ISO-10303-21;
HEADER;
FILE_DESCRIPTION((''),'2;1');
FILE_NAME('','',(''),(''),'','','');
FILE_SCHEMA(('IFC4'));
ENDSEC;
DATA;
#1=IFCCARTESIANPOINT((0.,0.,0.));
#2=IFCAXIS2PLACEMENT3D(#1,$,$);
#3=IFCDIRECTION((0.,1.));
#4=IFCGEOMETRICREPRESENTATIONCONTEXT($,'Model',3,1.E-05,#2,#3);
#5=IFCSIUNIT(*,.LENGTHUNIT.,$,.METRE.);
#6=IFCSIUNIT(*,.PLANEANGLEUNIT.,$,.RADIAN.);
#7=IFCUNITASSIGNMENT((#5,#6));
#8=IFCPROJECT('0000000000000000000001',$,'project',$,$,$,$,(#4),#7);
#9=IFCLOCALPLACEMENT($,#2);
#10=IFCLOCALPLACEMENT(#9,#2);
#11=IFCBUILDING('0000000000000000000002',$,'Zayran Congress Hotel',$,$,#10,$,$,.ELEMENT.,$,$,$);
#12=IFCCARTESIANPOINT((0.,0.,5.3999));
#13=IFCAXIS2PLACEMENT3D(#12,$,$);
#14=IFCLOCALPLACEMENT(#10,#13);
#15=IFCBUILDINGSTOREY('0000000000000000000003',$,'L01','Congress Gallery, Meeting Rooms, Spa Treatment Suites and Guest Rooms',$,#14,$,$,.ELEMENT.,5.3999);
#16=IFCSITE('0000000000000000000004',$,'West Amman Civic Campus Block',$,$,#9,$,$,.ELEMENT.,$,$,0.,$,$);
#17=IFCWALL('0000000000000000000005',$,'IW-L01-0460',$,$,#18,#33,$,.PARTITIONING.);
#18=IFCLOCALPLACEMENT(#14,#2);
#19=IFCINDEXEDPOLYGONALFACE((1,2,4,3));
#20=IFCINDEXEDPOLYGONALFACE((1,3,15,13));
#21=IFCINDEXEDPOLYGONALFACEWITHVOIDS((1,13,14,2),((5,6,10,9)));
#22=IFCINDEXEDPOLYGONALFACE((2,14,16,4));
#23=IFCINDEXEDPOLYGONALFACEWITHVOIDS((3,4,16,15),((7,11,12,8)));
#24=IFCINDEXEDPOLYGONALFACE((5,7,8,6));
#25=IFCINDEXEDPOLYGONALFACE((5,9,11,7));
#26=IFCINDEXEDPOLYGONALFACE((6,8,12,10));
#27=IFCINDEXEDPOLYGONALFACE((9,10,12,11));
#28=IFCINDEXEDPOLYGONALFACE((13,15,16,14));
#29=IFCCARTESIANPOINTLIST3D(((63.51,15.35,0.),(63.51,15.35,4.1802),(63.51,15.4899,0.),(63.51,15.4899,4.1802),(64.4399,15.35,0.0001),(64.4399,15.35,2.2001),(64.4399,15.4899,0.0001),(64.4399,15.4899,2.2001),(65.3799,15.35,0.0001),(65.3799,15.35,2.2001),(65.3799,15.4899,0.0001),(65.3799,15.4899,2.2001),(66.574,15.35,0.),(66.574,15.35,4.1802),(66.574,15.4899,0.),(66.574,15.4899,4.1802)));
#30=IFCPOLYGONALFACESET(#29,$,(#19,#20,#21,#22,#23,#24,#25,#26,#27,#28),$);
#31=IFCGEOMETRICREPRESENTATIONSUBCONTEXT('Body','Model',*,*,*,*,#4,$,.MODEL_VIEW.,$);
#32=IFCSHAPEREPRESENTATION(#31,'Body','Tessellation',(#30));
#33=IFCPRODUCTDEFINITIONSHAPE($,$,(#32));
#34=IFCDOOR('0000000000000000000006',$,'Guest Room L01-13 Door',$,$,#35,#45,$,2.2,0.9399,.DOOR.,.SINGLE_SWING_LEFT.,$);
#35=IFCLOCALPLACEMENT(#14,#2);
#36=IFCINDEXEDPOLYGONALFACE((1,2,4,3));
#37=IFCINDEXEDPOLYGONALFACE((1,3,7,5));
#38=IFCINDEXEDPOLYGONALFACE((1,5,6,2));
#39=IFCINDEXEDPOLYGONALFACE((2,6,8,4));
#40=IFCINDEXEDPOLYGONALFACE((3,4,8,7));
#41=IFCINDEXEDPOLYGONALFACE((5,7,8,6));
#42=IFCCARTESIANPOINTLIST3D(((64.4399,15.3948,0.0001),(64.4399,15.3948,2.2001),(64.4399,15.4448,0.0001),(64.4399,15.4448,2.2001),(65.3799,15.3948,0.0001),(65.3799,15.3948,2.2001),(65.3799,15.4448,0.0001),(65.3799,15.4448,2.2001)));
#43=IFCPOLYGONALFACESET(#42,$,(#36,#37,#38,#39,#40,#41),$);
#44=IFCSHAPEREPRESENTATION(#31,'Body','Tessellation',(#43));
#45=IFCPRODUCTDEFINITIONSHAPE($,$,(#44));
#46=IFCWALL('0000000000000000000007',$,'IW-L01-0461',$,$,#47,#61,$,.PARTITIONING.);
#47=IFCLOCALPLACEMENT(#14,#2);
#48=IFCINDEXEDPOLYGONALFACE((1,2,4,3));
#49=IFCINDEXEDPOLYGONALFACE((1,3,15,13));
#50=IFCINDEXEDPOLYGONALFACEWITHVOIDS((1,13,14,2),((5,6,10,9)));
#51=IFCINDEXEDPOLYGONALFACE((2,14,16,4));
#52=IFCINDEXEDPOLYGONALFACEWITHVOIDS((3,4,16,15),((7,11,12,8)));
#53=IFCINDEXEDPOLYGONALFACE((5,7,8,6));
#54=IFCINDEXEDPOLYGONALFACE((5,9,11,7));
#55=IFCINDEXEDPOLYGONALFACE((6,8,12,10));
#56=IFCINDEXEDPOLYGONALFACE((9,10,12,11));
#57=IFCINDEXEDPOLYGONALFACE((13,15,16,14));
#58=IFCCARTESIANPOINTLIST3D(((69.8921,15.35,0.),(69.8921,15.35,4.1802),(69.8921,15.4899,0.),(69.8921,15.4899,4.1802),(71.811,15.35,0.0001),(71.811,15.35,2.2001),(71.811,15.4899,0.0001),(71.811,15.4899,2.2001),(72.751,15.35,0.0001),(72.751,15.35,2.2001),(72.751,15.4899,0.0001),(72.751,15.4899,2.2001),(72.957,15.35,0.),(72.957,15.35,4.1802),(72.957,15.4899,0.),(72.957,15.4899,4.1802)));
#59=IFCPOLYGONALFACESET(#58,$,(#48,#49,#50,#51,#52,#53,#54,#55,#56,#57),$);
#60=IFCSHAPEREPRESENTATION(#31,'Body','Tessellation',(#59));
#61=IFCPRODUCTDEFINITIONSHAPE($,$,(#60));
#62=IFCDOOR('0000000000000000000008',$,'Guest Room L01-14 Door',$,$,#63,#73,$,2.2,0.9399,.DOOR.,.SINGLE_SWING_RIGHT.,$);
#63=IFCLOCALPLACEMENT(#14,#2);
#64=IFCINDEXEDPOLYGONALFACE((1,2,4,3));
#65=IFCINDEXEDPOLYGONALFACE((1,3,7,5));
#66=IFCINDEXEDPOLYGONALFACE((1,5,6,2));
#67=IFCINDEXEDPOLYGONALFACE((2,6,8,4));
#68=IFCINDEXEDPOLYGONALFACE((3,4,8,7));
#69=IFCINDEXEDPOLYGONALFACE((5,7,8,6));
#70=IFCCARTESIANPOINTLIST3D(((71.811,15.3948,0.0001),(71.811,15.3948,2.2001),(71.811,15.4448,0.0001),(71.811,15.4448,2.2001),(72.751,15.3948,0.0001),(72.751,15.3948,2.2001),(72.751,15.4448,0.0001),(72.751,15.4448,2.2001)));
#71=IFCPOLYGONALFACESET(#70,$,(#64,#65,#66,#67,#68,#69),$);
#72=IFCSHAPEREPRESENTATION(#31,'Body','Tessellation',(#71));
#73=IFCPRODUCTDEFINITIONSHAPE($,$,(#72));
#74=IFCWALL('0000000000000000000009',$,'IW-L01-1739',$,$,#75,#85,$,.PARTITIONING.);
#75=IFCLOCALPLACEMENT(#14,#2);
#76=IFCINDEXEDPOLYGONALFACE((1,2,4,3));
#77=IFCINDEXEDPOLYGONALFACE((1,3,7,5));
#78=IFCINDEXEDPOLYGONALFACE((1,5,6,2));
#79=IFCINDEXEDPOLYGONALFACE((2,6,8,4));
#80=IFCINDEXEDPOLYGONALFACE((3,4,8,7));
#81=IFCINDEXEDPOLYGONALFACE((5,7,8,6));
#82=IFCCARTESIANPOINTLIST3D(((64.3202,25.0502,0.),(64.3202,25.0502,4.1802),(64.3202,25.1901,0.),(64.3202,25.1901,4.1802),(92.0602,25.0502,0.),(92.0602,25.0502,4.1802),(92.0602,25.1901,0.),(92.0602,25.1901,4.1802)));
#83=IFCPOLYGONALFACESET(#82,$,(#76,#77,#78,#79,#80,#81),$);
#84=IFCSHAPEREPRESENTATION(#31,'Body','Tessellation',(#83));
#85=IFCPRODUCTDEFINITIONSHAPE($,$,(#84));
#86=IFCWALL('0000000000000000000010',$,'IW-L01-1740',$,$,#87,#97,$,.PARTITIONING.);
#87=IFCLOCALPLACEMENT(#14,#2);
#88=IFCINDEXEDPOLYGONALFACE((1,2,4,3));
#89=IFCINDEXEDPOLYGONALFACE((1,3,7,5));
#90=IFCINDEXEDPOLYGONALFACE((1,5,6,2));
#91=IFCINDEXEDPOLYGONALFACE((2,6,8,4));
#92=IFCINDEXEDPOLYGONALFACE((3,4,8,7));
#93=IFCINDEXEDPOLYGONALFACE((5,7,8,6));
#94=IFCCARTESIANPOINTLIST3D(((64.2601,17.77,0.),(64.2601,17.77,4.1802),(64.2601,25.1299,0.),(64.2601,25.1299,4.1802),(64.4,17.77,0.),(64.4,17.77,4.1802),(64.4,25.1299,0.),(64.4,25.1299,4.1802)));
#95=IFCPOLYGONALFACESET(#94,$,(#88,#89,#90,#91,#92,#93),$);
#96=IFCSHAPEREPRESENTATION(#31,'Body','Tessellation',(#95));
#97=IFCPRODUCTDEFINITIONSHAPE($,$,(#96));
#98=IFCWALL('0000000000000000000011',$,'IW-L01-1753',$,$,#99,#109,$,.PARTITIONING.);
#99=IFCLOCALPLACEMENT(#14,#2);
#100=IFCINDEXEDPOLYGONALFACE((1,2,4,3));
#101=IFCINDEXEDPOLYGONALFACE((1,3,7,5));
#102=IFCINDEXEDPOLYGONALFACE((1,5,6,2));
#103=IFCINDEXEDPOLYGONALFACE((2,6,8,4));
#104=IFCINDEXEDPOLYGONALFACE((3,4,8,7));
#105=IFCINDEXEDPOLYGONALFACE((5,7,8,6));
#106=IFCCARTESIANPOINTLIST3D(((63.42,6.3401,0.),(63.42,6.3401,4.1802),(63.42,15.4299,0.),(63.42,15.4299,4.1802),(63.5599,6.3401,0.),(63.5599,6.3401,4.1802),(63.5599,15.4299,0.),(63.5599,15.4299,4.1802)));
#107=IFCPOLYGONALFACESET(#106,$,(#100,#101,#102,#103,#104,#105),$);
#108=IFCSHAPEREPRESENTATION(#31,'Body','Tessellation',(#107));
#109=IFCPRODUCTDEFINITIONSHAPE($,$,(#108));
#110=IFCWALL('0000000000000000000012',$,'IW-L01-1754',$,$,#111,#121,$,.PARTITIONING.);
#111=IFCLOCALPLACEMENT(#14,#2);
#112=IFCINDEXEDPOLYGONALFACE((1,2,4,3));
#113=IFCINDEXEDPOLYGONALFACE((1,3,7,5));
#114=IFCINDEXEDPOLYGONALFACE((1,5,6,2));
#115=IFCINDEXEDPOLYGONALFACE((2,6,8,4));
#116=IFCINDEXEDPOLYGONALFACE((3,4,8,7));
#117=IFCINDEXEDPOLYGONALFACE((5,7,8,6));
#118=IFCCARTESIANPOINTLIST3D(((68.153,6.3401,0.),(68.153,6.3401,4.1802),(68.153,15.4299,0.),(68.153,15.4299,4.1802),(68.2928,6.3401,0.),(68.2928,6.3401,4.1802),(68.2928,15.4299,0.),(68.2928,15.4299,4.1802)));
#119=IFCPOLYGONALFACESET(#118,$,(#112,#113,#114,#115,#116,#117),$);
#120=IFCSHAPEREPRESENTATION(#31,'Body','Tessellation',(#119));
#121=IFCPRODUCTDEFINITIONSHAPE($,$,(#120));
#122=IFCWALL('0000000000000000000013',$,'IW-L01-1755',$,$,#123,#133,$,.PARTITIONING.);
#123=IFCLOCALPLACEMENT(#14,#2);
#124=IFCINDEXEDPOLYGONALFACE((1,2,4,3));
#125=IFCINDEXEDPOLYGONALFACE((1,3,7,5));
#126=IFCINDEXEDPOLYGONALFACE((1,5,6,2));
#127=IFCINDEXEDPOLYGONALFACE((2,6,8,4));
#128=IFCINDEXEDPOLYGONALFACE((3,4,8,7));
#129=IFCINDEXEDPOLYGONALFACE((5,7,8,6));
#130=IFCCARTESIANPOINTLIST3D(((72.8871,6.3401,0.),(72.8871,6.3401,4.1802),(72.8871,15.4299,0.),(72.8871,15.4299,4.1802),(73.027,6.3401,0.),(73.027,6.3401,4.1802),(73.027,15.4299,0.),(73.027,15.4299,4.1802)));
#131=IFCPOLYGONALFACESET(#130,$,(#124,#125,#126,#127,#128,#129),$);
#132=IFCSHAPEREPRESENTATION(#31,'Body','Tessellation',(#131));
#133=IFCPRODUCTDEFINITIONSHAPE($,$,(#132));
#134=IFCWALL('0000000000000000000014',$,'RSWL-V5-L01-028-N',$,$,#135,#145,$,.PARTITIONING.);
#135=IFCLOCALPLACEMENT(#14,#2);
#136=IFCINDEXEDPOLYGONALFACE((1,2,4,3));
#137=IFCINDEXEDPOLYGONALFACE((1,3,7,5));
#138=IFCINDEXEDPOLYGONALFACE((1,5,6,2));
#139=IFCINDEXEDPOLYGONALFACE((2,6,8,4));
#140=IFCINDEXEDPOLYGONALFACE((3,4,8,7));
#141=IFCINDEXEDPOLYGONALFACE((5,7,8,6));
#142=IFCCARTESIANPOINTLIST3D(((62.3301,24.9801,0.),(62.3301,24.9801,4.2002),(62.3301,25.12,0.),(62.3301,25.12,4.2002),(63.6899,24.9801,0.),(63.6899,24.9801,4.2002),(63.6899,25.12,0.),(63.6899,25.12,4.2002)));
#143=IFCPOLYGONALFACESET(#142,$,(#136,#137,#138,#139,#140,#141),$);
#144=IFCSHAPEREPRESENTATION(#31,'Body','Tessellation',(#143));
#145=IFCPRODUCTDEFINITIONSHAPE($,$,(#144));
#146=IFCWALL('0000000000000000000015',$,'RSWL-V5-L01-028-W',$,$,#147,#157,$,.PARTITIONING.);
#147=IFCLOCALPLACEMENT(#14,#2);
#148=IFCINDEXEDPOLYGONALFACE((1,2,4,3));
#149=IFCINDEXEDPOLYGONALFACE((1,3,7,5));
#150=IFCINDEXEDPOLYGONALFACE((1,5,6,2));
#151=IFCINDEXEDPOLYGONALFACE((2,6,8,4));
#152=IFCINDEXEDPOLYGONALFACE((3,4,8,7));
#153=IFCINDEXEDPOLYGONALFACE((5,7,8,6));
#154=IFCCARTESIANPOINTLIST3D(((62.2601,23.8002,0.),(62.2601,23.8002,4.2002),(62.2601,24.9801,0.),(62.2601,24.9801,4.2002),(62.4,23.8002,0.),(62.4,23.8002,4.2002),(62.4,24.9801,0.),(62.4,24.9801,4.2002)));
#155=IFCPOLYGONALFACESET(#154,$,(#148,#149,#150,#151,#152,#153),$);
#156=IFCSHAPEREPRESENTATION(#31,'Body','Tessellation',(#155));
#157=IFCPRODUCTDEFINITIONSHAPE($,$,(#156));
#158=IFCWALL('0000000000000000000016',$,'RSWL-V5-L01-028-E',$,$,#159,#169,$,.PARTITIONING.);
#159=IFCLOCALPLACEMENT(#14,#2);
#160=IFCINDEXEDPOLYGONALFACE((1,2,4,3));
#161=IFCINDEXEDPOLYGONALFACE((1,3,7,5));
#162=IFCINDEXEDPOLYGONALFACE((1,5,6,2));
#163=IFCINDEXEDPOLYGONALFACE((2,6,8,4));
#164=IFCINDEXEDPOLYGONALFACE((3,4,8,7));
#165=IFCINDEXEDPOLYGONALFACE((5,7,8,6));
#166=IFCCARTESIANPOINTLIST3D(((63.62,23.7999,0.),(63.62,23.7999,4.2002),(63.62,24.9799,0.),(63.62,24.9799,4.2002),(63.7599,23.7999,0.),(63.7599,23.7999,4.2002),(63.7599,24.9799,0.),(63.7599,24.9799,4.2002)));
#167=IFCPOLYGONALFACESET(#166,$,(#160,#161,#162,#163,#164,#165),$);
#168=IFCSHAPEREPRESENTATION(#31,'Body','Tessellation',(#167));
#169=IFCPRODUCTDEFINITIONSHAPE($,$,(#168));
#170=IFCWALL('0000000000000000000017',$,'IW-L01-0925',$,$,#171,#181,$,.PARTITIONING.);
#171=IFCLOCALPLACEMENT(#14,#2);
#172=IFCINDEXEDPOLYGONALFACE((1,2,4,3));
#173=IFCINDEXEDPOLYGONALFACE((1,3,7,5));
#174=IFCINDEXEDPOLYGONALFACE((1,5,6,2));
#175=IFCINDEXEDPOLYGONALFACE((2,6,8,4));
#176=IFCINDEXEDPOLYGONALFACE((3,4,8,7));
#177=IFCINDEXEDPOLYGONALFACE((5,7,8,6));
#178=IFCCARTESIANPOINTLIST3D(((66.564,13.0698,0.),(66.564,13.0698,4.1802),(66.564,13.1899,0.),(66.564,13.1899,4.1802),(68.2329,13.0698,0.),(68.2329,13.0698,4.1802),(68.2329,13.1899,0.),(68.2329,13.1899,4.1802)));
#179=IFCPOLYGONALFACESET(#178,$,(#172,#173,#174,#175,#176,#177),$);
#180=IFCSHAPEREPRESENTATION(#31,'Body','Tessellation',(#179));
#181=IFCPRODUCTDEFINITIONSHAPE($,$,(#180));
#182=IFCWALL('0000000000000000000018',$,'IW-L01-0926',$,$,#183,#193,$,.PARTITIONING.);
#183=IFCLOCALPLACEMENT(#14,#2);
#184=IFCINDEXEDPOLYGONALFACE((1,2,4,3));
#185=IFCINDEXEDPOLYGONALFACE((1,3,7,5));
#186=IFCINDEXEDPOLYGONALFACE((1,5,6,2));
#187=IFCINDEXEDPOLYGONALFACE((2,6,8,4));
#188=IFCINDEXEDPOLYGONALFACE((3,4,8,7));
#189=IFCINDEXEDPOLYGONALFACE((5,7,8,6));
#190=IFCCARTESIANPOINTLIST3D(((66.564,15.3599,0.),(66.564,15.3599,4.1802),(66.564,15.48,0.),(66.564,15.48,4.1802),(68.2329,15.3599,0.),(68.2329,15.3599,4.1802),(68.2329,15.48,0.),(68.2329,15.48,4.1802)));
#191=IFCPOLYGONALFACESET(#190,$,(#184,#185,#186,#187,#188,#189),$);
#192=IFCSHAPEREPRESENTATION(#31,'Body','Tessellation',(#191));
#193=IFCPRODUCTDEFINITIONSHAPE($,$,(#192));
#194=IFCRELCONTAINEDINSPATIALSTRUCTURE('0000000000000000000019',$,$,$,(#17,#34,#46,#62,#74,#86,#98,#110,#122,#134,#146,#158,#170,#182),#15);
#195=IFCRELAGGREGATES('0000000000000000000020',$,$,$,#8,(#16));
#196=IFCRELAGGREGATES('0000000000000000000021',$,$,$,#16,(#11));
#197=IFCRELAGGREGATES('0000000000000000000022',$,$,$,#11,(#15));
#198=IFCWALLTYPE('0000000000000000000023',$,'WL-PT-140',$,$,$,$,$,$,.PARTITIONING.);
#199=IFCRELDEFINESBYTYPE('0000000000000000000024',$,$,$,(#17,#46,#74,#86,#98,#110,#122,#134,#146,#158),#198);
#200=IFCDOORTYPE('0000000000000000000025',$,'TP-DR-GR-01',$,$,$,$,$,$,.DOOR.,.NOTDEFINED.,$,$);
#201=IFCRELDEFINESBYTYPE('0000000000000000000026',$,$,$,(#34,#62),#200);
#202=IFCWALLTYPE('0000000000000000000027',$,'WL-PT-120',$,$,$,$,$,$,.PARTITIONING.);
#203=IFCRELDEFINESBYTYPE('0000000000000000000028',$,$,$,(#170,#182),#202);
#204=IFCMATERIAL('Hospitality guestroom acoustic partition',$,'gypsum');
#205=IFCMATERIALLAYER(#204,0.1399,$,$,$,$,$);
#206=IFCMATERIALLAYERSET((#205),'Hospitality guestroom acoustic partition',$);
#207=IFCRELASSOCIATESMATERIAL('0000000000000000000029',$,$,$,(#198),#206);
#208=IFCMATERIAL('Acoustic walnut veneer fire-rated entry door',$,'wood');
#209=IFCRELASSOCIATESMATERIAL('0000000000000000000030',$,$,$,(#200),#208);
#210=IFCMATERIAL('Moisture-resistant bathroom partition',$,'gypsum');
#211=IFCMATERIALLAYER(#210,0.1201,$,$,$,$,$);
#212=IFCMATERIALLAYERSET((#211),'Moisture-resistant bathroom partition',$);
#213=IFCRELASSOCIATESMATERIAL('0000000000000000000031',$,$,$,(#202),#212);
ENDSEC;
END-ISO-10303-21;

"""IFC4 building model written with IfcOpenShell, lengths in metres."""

from ifc_helpers import new_model, si_unit, direction, frame, frame_2d, origin, place, context, subcontext, project, spatial, rectangle, extrude, material, layer, layer_set, type_object, element, fill, save


model = new_model("IFC4")

# Units and contexts
model_context = context("Model", 3, precision=1e-05, world=origin(), true_north=direction((0.0, 1.0)))
body_context = subcontext(model_context, "Body", "Model", "MODEL_VIEW")
ifc_project = project(units=[si_unit("LENGTHUNIT", "METRE"), si_unit("PLANEANGLEUNIT", "RADIAN")], contexts=[model_context])

# Site, building, storey
site_placement = place(None, origin())
site = spatial("IfcSite", under=ifc_project, at=site_placement, Name="West Amman Civic Campus Block", CompositionType="ELEMENT", RefElevation=0.0)
building_placement = place(site_placement, origin())
building = spatial("IfcBuilding", under=site, at=building_placement, Name="Zayran Congress Hotel", CompositionType="ELEMENT")
storey_placement = place(building_placement, frame((0.0, 0.0, 5.3999)))
storey = spatial("IfcBuildingStorey", under=building, at=storey_placement, Name="L01", Description="Congress Gallery, Meeting Rooms, Spa Treatment Suites and Guest Rooms", CompositionType="ELEMENT", Elevation=5.3999)

# Walls, openings, doors
ifc_material_1 = material(Name="Hospitality guestroom acoustic partition", Category="gypsum")
ifc_layer_1 = layer(ifc_material_1, 0.1399)
ifc_layer_set_1 = layer_set([ifc_layer_1], Name="Hospitality guestroom acoustic partition")
wall_type_1 = type_object("IfcWallType", Name="WL-PT-140", PredefinedType="PARTITIONING", material=ifc_layer_set_1)
wall_1_placement = place(storey_placement, frame((63.51, 15.4199, 0.0), z_axis=(0.0, 0.0, 1.0), x_axis=(1.0, 0.0, 0.0)))
wall_1 = element("IfcWall", 1, at=wall_1_placement, inside=storey, type_object=wall_type_1, Name="IW-L01-0460", PredefinedType="PARTITIONING", context=body_context, shape_type="SweptSolid", body=[
    extrude(rectangle(XDim=3.064, YDim=0.1399, at=frame_2d((1.532, 0.0))), origin(), (0.0, 0.0, 1.0), 4.1802),
])
opening_1_placement = place(wall_1_placement, frame((0.9299, 0.0, 0.0)))
opening_1 = element("IfcOpeningElement", 2, at=opening_1_placement, cuts=wall_1, PredefinedType="OPENING", context=body_context, shape_type="SweptSolid", body=[
    extrude(rectangle(XDim=0.9399, YDim=2.2, at=frame_2d((0.47, 1.1001))), frame((0.0, 0.0798, 0.0), z_axis=(0.0, -1.0, 0.0), x_axis=(1.0, 0.0, 0.0)), (0.0, 0.0, 1.0), 0.1599),
])
ifc_material_2 = material(Name="Acoustic walnut veneer fire-rated entry door", Category="wood")
door_type_1 = type_object("IfcDoorType", Name="TP-DR-GR-01", OperationType="NOTDEFINED", PredefinedType="DOOR", material=ifc_material_2)
door_1_placement = place(opening_1_placement, origin())
door_1 = element("IfcDoor", 3, at=door_1_placement, inside=storey, type_object=door_type_1, Name="Guest Room L01-13 Door", OperationType="SINGLE_SWING_LEFT", OverallHeight=2.2, OverallWidth=0.9399, PredefinedType="DOOR", context=body_context, shape_type="SweptSolid", body=[
    extrude(rectangle(XDim=0.9399, YDim=2.2, at=frame_2d((0.47, 1.1001))), frame((0.0, 0.0249, 0.0), z_axis=(0.0, -1.0, 0.0), x_axis=(1.0, 0.0, 0.0)), (0.0, 0.0, 1.0), 0.05),
])
fill(opening_1, door_1)
wall_2_placement = place(storey_placement, frame((69.8921, 15.4199, 0.0), z_axis=(0.0, 0.0, 1.0), x_axis=(1.0, 0.0, 0.0)))
wall_2 = element("IfcWall", 4, at=wall_2_placement, inside=storey, type_object=wall_type_1, Name="IW-L01-0461", PredefinedType="PARTITIONING", context=body_context, shape_type="SweptSolid", body=[
    extrude(rectangle(XDim=3.0649, YDim=0.1399, at=frame_2d((1.5325, 0.0))), origin(), (0.0, 0.0, 1.0), 4.1802),
])
opening_2_placement = place(wall_2_placement, frame((1.9189, 0.0, 0.0)))
opening_2 = element("IfcOpeningElement", 5, at=opening_2_placement, cuts=wall_2, PredefinedType="OPENING", context=body_context, shape_type="SweptSolid", body=[
    extrude(rectangle(XDim=0.9399, YDim=2.2, at=frame_2d((0.47, 1.1001))), frame((0.0, 0.0798, 0.0), z_axis=(0.0, -1.0, 0.0), x_axis=(1.0, 0.0, 0.0)), (0.0, 0.0, 1.0), 0.1599),
])
door_2_placement = place(opening_2_placement, origin())
door_2 = element("IfcDoor", 6, at=door_2_placement, inside=storey, type_object=door_type_1, Name="Guest Room L01-14 Door", OperationType="SINGLE_SWING_RIGHT", OverallHeight=2.2, OverallWidth=0.9399, PredefinedType="DOOR", context=body_context, shape_type="SweptSolid", body=[
    extrude(rectangle(XDim=0.9399, YDim=2.2, at=frame_2d((0.47, 1.1001))), frame((0.0, 0.0249, 0.0), z_axis=(0.0, -1.0, 0.0), x_axis=(1.0, 0.0, 0.0)), (0.0, 0.0, 1.0), 0.05),
])
fill(opening_2, door_2)

# Walls
wall_3_placement = place(storey_placement, frame((64.3201, 25.1201, 0.0), z_axis=(0.0, 0.0, 1.0), x_axis=(1.0, 0.0, 0.0)))
element("IfcWall", 7, at=wall_3_placement, inside=storey, type_object=wall_type_1, Name="IW-L01-1739", PredefinedType="PARTITIONING", context=body_context, shape_type="SweptSolid", body=[
    extrude(rectangle(XDim=27.74, YDim=0.1399, at=frame_2d((13.8701, 0.0))), origin(), (0.0, 0.0, 1.0), 4.1802),
])
wall_4_placement = place(storey_placement, frame((64.3301, 17.77, 0.0), z_axis=(0.0, 0.0, 1.0), x_axis=(0.0, 1.0, 0.0)))
element("IfcWall", 8, at=wall_4_placement, inside=storey, type_object=wall_type_1, Name="IW-L01-1740", PredefinedType="PARTITIONING", context=body_context, shape_type="SweptSolid", body=[
    extrude(rectangle(XDim=7.3599, YDim=0.1399, at=frame_2d((3.6799, 0.0))), origin(), (0.0, 0.0, 1.0), 4.1802),
])
for number, where, z_axis, x_axis, name in (
    (9, (63.49, 6.3401, 0.0), (0.0, 0.0, 1.0), (0.0, 1.0, 0.0), "IW-L01-1753"),
    (10, (68.2229, 6.3401, 0.0), (0.0, 0.0, 1.0), (0.0, 1.0, 0.0), "IW-L01-1754"),
    (11, (72.957, 6.3401, 0.0), (0.0, 0.0, 1.0), (0.0, 1.0, 0.0), "IW-L01-1755"),
):
    element("IfcWall", number, at=place(storey_placement, frame(where, z_axis=z_axis, x_axis=x_axis)), inside=storey, type_object=wall_type_1, Name=name, PredefinedType="PARTITIONING", context=body_context, shape_type="SweptSolid", body=[
        extrude(rectangle(XDim=9.0898, YDim=0.1399, at=frame_2d((4.5449, 0.0))), origin(), (0.0, 0.0, 1.0), 4.1802),
    ])
wall_5_placement = place(storey_placement, frame((63.6899, 25.05, 0.0), z_axis=(0.0, 0.0, 1.0), x_axis=(-1.0, 0.0, 0.0)))
element("IfcWall", 12, at=wall_5_placement, inside=storey, type_object=wall_type_1, Name="RSWL-V5-L01-028-N", PredefinedType="PARTITIONING", context=body_context, shape_type="SweptSolid", body=[
    extrude(rectangle(XDim=1.3599, YDim=0.1399, at=frame_2d((0.6799, 0.0))), origin(), (0.0, 0.0, 1.0), 4.2002),
])
for number, where, z_axis, x_axis, name in (
    (13, (62.3301, 24.98, 0.0), (0.0, 0.0, 1.0), (0.0, -1.0, 0.0), "RSWL-V5-L01-028-W"),
    (14, (63.6899, 23.8, 0.0), (0.0, 0.0, 1.0), (0.0, 1.0, 0.0), "RSWL-V5-L01-028-E"),
):
    element("IfcWall", number, at=place(storey_placement, frame(where, z_axis=z_axis, x_axis=x_axis)), inside=storey, type_object=wall_type_1, Name=name, PredefinedType="PARTITIONING", context=body_context, shape_type="SweptSolid", body=[
        extrude(rectangle(XDim=1.1799, YDim=0.1399, at=frame_2d((0.5898, 0.0))), origin(), (0.0, 0.0, 1.0), 4.2002),
    ])

# Shared definitions
ifc_material_3 = material(Name="Moisture-resistant bathroom partition", Category="gypsum")
ifc_layer_2 = layer(ifc_material_3, 0.1201)
ifc_layer_set_2 = layer_set([ifc_layer_2], Name="Moisture-resistant bathroom partition")
wall_type_2 = type_object("IfcWallType", Name="WL-PT-120", PredefinedType="PARTITIONING", material=ifc_layer_set_2)

# Walls
for number, where, z_axis, x_axis, name in (
    (15, (66.564, 13.1299, 0.0), (0.0, 0.0, 1.0), (1.0, 0.0, 0.0), "IW-L01-0925"),
    (16, (66.564, 15.4199, 0.0), (0.0, 0.0, 1.0), (1.0, 0.0, 0.0), "IW-L01-0926"),
):
    element("IfcWall", number, at=place(storey_placement, frame(where, z_axis=z_axis, x_axis=x_axis)), inside=storey, type_object=wall_type_2, Name=name, PredefinedType="PARTITIONING", context=body_context, shape_type="SweptSolid", body=[
        extrude(rectangle(XDim=1.6689, YDim=0.1201, at=frame_2d((0.8345, 0.0))), origin(), (0.0, 0.0, 1.0), 4.1802),
    ])

save(model, "model.ifc")
